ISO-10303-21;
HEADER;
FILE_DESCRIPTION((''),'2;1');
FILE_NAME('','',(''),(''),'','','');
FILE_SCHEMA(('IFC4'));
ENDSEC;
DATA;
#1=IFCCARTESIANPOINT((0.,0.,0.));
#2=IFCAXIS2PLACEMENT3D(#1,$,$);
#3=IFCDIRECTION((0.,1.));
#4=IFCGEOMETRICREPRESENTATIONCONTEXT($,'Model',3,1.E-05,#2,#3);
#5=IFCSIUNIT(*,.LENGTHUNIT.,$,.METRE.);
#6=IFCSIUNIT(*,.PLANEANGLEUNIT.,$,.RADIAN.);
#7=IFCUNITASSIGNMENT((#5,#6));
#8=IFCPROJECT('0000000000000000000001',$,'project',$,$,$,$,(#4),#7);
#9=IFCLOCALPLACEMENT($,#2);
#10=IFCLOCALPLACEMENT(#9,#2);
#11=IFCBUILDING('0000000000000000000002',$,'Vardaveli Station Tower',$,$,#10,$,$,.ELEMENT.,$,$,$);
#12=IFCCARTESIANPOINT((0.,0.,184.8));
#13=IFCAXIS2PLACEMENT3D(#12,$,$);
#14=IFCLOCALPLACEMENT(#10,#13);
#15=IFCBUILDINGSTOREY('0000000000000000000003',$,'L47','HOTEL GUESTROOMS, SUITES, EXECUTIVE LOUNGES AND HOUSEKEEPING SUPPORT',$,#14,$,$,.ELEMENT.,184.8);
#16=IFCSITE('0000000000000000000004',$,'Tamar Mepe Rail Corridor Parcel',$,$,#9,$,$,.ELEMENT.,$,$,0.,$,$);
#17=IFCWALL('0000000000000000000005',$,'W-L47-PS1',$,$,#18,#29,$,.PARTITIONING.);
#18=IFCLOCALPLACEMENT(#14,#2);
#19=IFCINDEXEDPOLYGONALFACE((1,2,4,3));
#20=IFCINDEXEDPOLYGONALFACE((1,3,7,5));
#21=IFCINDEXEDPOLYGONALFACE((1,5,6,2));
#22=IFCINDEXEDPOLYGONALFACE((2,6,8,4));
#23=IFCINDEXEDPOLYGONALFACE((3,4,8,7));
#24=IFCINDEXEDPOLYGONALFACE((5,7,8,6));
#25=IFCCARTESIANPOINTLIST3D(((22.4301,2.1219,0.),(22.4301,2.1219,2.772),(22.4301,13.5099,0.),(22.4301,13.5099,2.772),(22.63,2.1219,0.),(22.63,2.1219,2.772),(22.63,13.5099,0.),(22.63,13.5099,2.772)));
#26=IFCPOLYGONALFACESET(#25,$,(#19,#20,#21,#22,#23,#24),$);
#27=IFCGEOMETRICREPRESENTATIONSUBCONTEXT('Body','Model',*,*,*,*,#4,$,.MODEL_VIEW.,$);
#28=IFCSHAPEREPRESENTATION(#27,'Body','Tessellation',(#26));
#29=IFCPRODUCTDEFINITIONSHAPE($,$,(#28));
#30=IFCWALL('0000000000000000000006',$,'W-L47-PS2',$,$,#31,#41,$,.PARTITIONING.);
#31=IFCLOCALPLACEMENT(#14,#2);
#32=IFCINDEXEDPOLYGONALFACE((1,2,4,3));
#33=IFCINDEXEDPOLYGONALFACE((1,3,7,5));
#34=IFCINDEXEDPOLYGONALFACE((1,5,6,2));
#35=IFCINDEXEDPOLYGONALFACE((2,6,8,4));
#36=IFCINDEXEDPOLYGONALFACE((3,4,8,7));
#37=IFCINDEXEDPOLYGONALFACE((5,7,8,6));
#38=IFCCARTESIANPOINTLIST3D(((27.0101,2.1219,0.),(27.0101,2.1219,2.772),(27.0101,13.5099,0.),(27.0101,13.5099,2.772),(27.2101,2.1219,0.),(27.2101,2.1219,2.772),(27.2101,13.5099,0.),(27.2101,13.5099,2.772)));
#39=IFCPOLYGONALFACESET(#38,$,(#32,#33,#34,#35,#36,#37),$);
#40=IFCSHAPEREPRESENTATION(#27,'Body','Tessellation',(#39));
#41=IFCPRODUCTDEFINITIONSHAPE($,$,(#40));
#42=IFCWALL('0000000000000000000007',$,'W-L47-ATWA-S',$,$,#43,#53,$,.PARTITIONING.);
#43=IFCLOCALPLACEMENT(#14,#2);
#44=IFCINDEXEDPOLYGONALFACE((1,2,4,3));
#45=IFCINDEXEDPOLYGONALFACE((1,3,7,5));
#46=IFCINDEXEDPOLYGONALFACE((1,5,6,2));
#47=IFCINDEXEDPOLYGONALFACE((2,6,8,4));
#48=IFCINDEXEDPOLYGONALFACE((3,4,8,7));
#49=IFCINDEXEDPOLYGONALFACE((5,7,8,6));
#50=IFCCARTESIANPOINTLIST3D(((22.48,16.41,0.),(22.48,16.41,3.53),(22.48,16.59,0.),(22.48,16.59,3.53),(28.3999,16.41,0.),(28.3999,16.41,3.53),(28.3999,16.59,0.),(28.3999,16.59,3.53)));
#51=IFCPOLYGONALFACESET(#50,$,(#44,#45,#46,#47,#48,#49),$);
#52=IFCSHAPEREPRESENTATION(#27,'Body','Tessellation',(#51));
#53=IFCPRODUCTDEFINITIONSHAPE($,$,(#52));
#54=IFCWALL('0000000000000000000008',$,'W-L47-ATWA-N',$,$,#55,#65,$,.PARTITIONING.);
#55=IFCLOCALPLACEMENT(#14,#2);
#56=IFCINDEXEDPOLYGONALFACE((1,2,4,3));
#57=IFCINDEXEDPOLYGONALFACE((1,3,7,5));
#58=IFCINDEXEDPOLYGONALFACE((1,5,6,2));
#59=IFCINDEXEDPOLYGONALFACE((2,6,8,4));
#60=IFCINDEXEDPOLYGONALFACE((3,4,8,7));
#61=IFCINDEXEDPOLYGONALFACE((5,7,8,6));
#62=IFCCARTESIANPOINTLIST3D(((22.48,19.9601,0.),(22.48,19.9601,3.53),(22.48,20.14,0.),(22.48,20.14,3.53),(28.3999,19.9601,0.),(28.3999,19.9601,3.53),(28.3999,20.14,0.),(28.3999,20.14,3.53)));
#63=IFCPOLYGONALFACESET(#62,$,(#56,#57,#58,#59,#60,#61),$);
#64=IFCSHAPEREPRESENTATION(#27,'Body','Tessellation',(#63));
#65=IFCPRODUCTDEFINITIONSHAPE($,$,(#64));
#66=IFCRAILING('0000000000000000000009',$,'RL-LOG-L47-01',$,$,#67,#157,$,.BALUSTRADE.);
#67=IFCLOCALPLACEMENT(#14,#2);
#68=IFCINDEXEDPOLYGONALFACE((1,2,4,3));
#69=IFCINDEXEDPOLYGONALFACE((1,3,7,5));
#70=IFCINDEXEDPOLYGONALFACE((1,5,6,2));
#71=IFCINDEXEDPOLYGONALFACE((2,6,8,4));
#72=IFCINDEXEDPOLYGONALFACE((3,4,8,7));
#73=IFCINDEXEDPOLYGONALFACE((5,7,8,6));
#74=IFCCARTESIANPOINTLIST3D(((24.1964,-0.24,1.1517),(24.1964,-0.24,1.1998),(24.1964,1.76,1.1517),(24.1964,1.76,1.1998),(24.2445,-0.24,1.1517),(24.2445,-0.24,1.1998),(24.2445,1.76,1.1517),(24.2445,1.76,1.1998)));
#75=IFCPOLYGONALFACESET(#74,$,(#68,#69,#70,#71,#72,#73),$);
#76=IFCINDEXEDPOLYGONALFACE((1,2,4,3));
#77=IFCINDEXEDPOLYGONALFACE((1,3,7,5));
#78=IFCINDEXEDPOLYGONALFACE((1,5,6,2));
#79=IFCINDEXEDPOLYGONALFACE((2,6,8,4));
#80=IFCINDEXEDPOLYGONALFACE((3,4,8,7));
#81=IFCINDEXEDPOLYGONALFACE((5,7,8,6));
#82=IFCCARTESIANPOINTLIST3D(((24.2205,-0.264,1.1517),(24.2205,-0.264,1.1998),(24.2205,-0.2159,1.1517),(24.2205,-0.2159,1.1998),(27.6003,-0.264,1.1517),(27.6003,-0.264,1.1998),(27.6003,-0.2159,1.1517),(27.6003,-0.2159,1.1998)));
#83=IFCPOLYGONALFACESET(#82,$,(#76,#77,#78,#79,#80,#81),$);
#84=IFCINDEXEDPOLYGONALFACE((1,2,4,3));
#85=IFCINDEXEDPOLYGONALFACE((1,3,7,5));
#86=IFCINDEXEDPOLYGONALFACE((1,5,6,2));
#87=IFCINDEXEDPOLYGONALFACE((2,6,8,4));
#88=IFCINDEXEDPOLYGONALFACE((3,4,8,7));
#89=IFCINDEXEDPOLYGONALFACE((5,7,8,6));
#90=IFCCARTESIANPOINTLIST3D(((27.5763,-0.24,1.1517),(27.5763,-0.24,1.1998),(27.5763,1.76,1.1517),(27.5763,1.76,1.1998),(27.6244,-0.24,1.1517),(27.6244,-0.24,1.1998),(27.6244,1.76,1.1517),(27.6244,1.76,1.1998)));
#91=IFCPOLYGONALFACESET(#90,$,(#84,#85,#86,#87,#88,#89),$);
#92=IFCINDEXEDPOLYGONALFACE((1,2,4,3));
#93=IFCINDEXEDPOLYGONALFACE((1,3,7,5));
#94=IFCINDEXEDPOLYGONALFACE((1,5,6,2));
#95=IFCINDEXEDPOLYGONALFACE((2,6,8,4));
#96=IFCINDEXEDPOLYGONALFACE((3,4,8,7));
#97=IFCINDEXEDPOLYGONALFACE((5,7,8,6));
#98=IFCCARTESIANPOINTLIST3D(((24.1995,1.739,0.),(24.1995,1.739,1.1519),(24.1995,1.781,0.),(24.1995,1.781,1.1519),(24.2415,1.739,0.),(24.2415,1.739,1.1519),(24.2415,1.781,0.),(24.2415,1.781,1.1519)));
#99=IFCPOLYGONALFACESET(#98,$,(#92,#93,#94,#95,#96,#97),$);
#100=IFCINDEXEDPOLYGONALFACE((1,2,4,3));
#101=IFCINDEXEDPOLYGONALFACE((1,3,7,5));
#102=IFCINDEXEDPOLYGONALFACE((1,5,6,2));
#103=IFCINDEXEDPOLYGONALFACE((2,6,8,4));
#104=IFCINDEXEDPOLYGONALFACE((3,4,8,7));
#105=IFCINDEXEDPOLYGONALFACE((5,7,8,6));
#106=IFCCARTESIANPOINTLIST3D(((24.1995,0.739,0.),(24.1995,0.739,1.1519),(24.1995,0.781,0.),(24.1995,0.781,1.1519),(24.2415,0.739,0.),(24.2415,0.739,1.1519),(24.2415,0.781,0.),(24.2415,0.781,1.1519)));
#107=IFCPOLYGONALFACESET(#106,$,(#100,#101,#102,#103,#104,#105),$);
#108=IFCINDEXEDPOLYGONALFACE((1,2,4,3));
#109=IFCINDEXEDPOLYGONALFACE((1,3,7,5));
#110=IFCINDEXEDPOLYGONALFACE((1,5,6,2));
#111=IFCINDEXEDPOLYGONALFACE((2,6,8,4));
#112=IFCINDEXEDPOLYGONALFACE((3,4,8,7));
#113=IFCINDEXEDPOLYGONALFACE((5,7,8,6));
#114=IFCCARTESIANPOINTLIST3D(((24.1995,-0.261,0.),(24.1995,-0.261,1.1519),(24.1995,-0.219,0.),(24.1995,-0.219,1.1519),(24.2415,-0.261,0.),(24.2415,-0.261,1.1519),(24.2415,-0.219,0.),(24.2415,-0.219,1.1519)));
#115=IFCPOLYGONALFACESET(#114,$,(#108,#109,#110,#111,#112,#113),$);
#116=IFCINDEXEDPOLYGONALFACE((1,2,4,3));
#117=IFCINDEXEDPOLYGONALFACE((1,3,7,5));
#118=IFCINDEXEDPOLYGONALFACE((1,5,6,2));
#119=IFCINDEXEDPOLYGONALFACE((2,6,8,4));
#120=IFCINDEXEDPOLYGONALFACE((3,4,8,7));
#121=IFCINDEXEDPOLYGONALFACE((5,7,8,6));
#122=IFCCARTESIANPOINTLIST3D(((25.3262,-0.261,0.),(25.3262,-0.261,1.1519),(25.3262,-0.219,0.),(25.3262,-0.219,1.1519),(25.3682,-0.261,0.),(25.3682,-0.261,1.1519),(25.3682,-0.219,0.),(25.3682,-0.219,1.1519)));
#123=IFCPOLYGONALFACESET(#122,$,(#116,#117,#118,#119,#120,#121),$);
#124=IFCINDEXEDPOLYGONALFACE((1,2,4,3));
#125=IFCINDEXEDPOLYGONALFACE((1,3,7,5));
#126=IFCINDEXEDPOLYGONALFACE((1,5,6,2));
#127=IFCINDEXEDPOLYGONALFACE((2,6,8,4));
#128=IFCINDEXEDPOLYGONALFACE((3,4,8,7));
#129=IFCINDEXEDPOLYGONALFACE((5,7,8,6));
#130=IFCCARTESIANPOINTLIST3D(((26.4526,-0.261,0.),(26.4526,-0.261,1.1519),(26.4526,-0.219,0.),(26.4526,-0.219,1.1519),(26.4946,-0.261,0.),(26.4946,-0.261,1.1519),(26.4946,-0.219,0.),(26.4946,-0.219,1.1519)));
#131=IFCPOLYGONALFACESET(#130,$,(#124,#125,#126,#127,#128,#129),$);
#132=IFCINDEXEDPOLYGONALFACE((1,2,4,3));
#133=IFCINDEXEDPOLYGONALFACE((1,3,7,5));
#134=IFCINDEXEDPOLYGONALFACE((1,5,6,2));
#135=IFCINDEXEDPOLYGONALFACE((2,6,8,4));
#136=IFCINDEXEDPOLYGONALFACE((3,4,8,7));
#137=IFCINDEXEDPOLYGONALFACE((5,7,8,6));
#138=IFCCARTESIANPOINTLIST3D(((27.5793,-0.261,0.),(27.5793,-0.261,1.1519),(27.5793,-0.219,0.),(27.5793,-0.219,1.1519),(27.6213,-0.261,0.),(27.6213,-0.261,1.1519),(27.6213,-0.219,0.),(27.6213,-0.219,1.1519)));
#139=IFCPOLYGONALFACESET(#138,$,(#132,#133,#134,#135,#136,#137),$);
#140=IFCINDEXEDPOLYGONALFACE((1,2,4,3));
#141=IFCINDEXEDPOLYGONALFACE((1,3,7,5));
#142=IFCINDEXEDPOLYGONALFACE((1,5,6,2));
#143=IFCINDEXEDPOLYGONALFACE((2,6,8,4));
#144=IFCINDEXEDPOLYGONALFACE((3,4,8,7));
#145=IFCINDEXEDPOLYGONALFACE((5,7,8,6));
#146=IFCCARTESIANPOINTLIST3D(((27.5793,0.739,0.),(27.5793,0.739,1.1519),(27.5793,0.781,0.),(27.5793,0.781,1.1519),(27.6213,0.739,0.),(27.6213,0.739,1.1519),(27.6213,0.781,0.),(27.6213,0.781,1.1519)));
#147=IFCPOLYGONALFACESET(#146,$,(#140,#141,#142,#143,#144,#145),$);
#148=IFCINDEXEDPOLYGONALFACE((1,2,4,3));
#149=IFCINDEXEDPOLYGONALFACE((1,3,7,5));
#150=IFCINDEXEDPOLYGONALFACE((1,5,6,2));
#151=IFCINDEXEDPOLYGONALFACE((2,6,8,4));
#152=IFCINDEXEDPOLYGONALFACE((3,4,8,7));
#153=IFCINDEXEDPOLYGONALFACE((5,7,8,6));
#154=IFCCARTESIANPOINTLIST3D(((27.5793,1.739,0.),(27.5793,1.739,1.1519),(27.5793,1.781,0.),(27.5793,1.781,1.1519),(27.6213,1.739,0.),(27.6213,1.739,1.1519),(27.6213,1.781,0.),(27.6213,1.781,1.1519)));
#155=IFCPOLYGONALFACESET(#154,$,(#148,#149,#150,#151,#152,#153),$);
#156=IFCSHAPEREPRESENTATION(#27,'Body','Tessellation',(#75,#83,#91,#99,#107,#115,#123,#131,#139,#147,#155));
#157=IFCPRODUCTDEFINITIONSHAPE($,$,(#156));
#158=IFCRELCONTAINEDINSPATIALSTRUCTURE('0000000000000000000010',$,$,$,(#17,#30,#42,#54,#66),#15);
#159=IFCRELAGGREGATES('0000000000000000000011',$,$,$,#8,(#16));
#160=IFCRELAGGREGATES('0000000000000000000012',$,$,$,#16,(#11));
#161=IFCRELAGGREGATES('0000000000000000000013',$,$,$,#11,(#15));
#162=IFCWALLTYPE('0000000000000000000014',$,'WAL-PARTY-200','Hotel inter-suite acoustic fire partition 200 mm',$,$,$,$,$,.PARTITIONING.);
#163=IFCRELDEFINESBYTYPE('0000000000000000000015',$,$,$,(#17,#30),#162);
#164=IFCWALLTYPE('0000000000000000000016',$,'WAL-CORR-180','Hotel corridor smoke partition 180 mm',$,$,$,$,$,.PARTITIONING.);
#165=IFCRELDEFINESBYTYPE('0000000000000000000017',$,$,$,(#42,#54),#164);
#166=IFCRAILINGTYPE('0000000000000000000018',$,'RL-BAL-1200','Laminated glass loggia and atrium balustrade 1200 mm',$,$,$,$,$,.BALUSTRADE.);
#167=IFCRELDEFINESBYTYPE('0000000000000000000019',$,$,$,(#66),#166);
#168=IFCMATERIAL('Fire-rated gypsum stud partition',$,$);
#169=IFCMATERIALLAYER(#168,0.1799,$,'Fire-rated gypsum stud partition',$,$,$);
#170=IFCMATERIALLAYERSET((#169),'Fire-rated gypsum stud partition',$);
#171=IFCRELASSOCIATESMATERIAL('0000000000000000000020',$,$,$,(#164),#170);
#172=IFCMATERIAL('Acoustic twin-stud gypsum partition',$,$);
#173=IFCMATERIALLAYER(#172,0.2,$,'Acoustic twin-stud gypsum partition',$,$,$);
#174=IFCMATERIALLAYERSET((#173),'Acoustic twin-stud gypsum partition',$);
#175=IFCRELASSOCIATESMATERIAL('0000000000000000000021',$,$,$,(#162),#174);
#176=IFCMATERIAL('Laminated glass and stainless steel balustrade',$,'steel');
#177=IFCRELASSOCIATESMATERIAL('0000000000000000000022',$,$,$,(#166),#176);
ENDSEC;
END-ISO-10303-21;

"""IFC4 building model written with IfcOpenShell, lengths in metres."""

from ifc_helpers import new_model, si_unit, direction, frame, frame_2d, origin, origin_2d, place, context, subcontext, project, spatial, rectangle, extrude, source, transform, mapped, material, layer, layer_set, type_object, element, save


model = new_model("IFC4")

# Units and contexts
model_context = context("Model", 3, precision=1e-05, world=origin(), true_north=direction((0.0, 1.0)))
body_context = subcontext(model_context, "Body", "Model", "MODEL_VIEW")
ifc_project = project(units=[si_unit("LENGTHUNIT", "METRE"), si_unit("PLANEANGLEUNIT", "RADIAN")], contexts=[model_context])

# Site, building, storey
site_placement = place(None, origin())
site = spatial("IfcSite", under=ifc_project, at=site_placement, Name="Tamar Mepe Rail Corridor Parcel", CompositionType="ELEMENT", RefElevation=0.0)
building_placement = place(site_placement, origin())
building = spatial("IfcBuilding", under=site, at=building_placement, Name="Vardaveli Station Tower", CompositionType="ELEMENT")
storey_placement = place(building_placement, frame((0.0, 0.0, 184.8)))
storey = spatial("IfcBuildingStorey", under=building, at=storey_placement, Name="L47", Description="HOTEL GUESTROOMS, SUITES, EXECUTIVE LOUNGES AND HOUSEKEEPING SUPPORT", CompositionType="ELEMENT", Elevation=184.8)

# Shared definitions
ifc_material_1 = material(Name="Fire-rated gypsum stud partition")
ifc_layer_1 = layer(ifc_material_1, 0.1799, Name="Fire-rated gypsum stud partition")
ifc_layer_set_1 = layer_set([ifc_layer_1], Name="Fire-rated gypsum stud partition")
wall_type_1 = type_object("IfcWallType", Name="WAL-CORR-180", Description="Hotel corridor smoke partition 180 mm", PredefinedType="PARTITIONING", material=ifc_layer_set_1)

# Walls
ifc_material_2 = material(Name="Acoustic twin-stud gypsum partition")
ifc_layer_2 = layer(ifc_material_2, 0.2, Name="Acoustic twin-stud gypsum partition")
ifc_layer_set_2 = layer_set([ifc_layer_2], Name="Acoustic twin-stud gypsum partition")
wall_type_2 = type_object("IfcWallType", Name="WAL-PARTY-200", Description="Hotel inter-suite acoustic fire partition 200 mm", PredefinedType="PARTITIONING", material=ifc_layer_set_2)
shared_shape_1 = source(origin(), body_context, "Body", "SweptSolid", [
    extrude(rectangle(XDim=11.3879, YDim=0.2, at=frame_2d((5.6938, 0.0))), origin(), (0.0, 0.0, 1.0), 2.772),
])
for number, where, z_axis, x_axis, name in (
    (1, (22.53, 2.1221, 0.0), (0.0, 0.0, 1.0), (0.0, 1.0, 0.0), "W-L47-PS1"),
    (2, (27.1101, 2.1221, 0.0), (0.0, 0.0, 1.0), (0.0, 1.0, 0.0), "W-L47-PS2"),
):
    element("IfcWall", number, at=place(storey_placement, frame(where, z_axis=z_axis, x_axis=x_axis)), inside=storey, type_object=wall_type_2, Name=name, PredefinedType="PARTITIONING", context=body_context, shape_type="MappedRepresentation", body=[
        mapped(shared_shape_1, transform((0.0, 0.0, 0.0), scale=1.0)),
    ])
shared_shape_2 = source(origin(), body_context, "Body", "SweptSolid", [
    extrude(rectangle(XDim=5.9199, YDim=0.1799, at=frame_2d((2.96, 0.0))), origin(), (0.0, 0.0, 1.0), 3.53),
])
for number, where, z_axis, x_axis, name in (
    (3, (22.48, 16.5, 0.0), (0.0, 0.0, 1.0), (1.0, 0.0, 0.0), "W-L47-ATWA-S"),
    (4, (22.48, 20.05, 0.0), (0.0, 0.0, 1.0), (1.0, 0.0, 0.0), "W-L47-ATWA-N"),
):
    element("IfcWall", number, at=place(storey_placement, frame(where, z_axis=z_axis, x_axis=x_axis)), inside=storey, type_object=wall_type_1, Name=name, PredefinedType="PARTITIONING", context=body_context, shape_type="MappedRepresentation", body=[
        mapped(shared_shape_2, transform((0.0, 0.0, 0.0), scale=1.0)),
    ])

# Railing
ifc_material_3 = material(Name="Laminated glass and stainless steel balustrade", Category="steel")
railing_type = type_object("IfcRailingType", Name="RL-BAL-1200", Description="Laminated glass loggia and atrium balustrade 1200 mm", PredefinedType="BALUSTRADE", material=ifc_material_3)
shared_shape_3 = source(origin(), body_context, "Body", "SweptSolid", [
    extrude(rectangle(XDim=0.0481, YDim=0.0481, at=origin_2d()), frame((0.0, 0.0, 1.1758), z_axis=(0.0, -1.0, 0.0), x_axis=(1.0, 0.0, 0.0)), (0.0, 0.0, 1.0), 2.0),
    extrude(rectangle(XDim=0.0481, YDim=0.0481, at=origin_2d()), frame((0.0, -2.0, 1.1758), z_axis=(1.0, 0.0, 0.0), x_axis=(0.0, 1.0, 0.0)), (0.0, 0.0, 1.0), 3.3799),
    extrude(rectangle(XDim=0.0481, YDim=0.0481, at=origin_2d()), frame((3.3799, -2.0, 1.1758), z_axis=(0.0, 1.0, 0.0), x_axis=(-1.0, 0.0, 0.0)), (0.0, 0.0, 1.0), 2.0),
    extrude(rectangle(XDim=0.042, YDim=0.042, at=origin_2d()), origin(), (0.0, 0.0, 1.0), 1.1519),
    extrude(rectangle(XDim=0.042, YDim=0.042, at=origin_2d()), frame((0.0, -1.0, 0.0)), (0.0, 0.0, 1.0), 1.1519),
    extrude(rectangle(XDim=0.042, YDim=0.042, at=origin_2d()), frame((0.0, -2.0, 0.0)), (0.0, 0.0, 1.0), 1.1519),
    extrude(rectangle(XDim=0.042, YDim=0.042, at=origin_2d()), frame((1.1267, -2.0, 0.0)), (0.0, 0.0, 1.0), 1.1519),
    extrude(rectangle(XDim=0.042, YDim=0.042, at=origin_2d()), frame((2.2532, -2.0, 0.0)), (0.0, 0.0, 1.0), 1.1519),
    extrude(rectangle(XDim=0.042, YDim=0.042, at=origin_2d()), frame((3.3799, -2.0, 0.0)), (0.0, 0.0, 1.0), 1.1519),
    extrude(rectangle(XDim=0.042, YDim=0.042, at=origin_2d()), frame((3.3799, -1.0, 0.0)), (0.0, 0.0, 1.0), 1.1519),
    extrude(rectangle(XDim=0.042, YDim=0.042, at=origin_2d()), frame((3.3799, 0.0, 0.0)), (0.0, 0.0, 1.0), 1.1519),
])
railing_placement = place(storey_placement, frame((24.2205, 1.76, 0.0)))
element("IfcRailing", 5, at=railing_placement, inside=storey, type_object=railing_type, Name="RL-LOG-L47-01", PredefinedType="BALUSTRADE", context=body_context, shape_type="MappedRepresentation", body=[
    mapped(shared_shape_3, transform((0.0, 0.0, 0.0), scale=1.0)),
])

save(model, "model.ifc")
